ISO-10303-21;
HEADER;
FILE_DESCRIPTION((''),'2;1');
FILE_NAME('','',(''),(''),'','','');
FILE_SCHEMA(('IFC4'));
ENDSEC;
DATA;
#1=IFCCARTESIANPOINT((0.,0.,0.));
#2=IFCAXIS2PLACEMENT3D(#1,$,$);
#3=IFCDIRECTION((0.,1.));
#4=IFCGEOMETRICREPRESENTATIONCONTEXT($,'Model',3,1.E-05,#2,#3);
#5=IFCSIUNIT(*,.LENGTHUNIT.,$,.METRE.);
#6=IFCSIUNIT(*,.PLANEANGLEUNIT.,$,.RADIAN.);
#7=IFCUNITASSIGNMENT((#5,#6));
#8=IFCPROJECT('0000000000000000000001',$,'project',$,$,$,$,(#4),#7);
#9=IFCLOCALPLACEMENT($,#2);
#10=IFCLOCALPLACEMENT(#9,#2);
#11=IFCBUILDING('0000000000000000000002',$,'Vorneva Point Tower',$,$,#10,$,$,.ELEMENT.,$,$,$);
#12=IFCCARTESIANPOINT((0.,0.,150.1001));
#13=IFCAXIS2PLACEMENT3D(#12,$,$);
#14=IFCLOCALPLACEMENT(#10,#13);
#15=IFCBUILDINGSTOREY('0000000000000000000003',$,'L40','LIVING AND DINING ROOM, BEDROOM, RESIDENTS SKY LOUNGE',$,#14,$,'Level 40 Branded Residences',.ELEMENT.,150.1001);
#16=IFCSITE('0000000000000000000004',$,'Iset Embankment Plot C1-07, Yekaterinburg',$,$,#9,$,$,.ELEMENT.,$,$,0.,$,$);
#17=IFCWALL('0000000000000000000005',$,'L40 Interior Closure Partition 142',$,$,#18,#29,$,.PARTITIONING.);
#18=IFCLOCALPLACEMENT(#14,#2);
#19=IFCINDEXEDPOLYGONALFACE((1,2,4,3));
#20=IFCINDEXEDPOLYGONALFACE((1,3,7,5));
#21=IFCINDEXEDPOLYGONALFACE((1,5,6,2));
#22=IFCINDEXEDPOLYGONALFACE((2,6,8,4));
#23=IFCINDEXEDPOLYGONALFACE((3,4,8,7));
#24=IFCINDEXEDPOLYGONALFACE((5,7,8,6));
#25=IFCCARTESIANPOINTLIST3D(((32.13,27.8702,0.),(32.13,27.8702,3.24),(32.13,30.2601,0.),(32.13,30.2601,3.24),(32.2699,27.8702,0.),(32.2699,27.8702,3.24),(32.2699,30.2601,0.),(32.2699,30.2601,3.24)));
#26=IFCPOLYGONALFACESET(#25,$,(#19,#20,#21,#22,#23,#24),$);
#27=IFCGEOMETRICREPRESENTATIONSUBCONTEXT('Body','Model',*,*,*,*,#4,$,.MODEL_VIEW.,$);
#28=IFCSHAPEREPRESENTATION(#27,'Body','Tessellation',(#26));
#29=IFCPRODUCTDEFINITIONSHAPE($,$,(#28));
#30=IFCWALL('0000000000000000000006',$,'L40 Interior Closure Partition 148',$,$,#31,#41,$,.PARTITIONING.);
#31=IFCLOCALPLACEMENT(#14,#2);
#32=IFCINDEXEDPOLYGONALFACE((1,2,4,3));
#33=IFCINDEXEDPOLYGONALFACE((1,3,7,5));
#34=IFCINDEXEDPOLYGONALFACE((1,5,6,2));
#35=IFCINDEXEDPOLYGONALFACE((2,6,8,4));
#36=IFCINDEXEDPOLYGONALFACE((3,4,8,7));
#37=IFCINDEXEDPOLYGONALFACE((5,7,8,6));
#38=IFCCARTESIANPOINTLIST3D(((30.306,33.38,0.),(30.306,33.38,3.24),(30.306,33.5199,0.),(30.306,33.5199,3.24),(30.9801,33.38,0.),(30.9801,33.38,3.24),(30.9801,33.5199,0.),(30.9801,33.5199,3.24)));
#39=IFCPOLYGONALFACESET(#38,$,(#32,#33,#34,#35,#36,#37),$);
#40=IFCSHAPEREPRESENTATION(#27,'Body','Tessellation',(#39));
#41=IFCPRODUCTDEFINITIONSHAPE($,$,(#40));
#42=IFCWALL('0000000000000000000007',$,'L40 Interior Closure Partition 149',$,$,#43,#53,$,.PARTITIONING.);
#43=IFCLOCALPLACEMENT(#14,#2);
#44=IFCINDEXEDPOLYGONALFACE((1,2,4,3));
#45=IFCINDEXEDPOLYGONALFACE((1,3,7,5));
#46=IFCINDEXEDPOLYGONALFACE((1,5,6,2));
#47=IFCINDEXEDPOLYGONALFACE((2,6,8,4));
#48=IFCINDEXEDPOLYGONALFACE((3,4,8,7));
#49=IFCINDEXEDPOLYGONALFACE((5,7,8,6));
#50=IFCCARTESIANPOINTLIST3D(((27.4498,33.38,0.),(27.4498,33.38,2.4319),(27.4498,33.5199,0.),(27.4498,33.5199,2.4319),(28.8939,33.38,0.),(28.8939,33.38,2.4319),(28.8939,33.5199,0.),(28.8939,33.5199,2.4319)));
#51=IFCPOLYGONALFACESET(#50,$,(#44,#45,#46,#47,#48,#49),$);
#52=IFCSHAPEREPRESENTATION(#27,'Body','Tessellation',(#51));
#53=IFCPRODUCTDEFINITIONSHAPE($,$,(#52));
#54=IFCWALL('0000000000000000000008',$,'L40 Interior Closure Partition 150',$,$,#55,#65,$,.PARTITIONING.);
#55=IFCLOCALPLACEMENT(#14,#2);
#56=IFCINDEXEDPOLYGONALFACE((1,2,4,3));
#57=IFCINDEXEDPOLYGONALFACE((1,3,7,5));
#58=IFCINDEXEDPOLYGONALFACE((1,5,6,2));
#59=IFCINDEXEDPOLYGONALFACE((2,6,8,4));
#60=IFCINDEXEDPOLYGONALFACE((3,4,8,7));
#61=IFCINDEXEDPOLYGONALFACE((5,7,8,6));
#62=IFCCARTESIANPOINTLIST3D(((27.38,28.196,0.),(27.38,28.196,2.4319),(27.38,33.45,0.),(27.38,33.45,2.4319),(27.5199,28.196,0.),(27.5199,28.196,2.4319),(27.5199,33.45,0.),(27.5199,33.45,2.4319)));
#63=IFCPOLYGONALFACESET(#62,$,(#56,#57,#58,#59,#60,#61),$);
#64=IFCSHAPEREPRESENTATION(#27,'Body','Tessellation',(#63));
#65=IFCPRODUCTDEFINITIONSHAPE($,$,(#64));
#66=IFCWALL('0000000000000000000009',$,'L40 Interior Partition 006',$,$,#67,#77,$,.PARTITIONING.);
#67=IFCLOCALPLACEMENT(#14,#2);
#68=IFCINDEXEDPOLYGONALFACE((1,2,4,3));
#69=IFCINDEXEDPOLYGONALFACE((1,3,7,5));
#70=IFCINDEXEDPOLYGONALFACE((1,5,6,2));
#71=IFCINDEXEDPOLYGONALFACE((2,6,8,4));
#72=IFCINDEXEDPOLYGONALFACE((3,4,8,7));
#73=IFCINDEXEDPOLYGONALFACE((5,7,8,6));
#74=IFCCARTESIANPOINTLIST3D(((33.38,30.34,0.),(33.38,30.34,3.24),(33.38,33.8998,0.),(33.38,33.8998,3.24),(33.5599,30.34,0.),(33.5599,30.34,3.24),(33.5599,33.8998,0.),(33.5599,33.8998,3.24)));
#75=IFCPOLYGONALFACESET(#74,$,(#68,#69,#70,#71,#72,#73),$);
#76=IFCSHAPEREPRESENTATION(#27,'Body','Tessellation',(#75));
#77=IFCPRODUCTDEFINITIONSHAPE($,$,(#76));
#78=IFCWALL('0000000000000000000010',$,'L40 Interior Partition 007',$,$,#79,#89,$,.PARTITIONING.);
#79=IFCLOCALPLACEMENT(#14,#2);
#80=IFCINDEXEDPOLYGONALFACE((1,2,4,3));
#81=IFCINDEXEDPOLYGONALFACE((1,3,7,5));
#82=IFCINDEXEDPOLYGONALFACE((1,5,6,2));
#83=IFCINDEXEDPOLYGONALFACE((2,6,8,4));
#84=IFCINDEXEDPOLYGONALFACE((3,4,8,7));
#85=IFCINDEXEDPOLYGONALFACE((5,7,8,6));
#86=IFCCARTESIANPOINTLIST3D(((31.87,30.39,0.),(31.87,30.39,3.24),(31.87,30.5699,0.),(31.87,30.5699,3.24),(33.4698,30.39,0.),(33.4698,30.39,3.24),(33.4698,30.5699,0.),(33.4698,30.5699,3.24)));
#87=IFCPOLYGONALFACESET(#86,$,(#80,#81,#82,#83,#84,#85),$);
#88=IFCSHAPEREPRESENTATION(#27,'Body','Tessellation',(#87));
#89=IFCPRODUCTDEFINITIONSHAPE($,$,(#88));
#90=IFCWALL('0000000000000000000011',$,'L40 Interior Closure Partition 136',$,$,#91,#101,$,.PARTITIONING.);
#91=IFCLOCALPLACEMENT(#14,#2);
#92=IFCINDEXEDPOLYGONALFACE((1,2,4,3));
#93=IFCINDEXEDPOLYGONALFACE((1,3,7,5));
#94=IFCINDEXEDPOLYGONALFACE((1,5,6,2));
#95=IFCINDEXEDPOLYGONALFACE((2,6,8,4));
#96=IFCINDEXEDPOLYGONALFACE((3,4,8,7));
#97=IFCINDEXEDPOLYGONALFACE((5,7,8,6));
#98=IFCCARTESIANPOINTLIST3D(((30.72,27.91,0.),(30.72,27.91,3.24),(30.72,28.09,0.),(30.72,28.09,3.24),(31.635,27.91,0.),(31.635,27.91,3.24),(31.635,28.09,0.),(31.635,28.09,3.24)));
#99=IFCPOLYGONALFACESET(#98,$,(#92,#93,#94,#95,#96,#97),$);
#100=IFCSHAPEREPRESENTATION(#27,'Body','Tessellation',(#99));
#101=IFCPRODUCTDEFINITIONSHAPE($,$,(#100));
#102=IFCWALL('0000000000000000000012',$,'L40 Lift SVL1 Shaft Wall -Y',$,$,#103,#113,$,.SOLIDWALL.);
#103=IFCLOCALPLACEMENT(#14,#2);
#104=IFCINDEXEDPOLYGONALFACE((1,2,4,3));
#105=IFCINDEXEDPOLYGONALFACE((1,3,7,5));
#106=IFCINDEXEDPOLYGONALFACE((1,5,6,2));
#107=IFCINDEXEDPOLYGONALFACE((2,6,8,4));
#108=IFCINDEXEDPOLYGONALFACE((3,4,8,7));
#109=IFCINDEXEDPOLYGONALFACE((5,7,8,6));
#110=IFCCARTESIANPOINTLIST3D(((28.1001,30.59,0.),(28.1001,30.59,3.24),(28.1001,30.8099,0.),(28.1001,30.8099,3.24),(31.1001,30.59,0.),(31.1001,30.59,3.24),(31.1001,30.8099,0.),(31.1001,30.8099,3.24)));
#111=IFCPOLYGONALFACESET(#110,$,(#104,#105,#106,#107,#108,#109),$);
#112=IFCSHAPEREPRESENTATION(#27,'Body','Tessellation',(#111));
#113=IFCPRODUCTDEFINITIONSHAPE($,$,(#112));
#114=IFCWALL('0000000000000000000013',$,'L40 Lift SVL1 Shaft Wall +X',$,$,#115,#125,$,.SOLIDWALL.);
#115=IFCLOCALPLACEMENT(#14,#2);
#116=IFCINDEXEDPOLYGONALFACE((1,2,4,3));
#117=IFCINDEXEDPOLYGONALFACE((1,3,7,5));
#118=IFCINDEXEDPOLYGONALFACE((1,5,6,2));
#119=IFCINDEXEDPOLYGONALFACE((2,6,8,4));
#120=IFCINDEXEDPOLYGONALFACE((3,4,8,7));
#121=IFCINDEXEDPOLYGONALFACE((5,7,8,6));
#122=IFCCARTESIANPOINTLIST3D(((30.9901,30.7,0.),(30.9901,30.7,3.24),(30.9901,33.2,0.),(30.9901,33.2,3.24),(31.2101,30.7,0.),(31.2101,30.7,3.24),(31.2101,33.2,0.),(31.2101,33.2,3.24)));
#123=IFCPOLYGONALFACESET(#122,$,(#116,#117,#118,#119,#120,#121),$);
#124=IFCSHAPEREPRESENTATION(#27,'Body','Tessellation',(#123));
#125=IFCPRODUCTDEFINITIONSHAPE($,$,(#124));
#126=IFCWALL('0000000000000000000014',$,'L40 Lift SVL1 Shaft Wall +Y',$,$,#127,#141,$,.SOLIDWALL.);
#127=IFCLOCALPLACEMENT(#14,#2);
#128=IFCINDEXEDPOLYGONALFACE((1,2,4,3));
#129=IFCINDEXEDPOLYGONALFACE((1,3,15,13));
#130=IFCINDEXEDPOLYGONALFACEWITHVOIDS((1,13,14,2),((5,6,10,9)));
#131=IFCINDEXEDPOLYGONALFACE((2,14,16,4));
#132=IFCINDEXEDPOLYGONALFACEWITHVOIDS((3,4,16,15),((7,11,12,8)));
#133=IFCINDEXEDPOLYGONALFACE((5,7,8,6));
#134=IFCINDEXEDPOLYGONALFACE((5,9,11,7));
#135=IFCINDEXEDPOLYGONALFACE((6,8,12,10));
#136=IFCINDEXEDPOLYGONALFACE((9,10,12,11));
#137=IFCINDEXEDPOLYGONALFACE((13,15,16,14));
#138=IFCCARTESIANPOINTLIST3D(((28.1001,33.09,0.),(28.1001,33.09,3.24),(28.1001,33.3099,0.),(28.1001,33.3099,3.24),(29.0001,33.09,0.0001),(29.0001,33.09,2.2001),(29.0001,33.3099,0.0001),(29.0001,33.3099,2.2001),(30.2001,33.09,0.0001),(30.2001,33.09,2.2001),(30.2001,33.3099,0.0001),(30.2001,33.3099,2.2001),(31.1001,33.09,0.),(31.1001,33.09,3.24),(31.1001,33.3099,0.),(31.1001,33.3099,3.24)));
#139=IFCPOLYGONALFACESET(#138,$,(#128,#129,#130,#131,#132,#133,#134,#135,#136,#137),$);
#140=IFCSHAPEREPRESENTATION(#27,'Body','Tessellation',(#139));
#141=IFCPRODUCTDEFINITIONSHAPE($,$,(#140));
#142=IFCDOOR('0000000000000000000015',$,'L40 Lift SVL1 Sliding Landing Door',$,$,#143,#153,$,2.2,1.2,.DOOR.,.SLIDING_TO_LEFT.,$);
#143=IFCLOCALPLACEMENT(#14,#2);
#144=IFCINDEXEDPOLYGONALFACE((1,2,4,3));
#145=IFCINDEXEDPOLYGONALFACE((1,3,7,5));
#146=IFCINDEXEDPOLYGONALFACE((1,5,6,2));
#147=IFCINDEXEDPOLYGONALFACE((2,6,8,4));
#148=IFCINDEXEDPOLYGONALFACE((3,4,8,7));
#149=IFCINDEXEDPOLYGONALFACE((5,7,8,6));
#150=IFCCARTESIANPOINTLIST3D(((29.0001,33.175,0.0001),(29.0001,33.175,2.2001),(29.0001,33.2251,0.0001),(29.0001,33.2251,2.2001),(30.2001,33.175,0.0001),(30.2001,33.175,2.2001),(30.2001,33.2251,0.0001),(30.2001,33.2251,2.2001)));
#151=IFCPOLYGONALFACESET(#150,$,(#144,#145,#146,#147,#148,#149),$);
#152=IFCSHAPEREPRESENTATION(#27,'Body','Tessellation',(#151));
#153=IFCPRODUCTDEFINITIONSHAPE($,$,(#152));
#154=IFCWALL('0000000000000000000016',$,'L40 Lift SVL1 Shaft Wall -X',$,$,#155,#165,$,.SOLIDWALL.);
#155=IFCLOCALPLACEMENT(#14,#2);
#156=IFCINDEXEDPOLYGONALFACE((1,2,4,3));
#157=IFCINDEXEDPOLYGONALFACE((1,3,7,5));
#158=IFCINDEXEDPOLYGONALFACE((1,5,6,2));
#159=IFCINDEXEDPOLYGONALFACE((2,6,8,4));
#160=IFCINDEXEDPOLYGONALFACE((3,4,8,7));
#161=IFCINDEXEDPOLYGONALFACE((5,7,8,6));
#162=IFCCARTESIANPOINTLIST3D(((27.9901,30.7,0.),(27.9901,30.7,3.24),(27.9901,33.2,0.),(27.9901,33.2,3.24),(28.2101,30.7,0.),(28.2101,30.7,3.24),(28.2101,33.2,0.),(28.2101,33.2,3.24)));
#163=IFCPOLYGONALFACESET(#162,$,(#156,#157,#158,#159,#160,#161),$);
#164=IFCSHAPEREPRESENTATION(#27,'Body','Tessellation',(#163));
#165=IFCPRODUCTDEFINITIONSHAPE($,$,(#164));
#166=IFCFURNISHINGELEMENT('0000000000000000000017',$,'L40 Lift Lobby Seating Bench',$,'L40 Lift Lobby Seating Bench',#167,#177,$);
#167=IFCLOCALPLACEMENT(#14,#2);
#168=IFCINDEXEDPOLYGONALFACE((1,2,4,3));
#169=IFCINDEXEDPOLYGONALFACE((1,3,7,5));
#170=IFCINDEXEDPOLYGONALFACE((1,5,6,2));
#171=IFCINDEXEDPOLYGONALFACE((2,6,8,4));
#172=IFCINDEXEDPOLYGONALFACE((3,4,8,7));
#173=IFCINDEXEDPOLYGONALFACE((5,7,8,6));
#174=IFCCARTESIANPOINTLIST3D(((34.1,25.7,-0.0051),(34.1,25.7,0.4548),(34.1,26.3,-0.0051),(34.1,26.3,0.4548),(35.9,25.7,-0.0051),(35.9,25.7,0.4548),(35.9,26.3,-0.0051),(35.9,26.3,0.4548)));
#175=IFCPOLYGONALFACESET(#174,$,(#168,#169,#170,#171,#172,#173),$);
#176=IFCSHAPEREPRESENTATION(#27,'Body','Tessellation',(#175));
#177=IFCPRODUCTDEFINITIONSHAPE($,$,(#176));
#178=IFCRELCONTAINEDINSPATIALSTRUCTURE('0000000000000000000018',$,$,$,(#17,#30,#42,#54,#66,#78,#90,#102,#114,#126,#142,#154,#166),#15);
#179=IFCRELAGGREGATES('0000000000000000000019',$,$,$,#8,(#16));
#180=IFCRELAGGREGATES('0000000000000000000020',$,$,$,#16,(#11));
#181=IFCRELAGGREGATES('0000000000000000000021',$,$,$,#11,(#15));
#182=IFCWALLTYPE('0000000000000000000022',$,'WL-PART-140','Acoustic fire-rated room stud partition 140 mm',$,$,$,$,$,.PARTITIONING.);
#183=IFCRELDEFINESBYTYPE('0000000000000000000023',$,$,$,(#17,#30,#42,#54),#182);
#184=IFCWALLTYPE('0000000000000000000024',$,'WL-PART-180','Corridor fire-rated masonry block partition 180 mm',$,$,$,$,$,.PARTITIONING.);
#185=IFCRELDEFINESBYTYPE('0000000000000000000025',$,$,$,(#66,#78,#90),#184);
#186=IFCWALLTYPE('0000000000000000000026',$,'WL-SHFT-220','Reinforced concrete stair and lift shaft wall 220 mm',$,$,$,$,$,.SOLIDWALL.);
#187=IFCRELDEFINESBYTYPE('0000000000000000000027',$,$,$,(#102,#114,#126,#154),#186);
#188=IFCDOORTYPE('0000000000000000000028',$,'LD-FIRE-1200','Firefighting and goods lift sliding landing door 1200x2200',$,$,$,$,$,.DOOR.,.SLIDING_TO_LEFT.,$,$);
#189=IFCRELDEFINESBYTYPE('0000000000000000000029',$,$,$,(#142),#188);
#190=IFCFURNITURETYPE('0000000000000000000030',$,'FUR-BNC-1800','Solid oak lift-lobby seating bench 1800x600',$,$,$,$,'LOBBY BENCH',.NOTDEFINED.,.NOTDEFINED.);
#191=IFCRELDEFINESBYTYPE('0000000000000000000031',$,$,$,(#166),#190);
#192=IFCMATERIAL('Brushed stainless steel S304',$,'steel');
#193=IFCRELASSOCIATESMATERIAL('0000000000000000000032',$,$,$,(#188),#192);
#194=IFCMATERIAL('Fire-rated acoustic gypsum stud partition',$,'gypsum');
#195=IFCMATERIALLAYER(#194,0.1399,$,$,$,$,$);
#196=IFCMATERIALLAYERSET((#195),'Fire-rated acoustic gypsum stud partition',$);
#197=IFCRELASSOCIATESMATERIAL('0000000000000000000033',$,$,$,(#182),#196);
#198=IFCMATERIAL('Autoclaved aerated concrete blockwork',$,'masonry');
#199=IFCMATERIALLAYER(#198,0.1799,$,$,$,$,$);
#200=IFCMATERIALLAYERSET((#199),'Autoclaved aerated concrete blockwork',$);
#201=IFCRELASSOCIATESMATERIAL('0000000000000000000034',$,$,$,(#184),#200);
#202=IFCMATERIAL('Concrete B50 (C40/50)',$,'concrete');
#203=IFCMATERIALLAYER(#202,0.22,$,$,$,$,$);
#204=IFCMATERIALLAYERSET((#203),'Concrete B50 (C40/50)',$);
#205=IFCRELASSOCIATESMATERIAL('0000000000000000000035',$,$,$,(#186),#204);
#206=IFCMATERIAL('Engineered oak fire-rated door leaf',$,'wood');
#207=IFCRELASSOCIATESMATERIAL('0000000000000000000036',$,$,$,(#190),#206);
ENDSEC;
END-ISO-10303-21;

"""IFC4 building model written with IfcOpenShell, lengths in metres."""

from ifc_helpers import new_model, si_unit, direction, frame, frame_2d, origin, origin_2d, place, context, subcontext, project, spatial, rectangle, extrude, material, layer, layer_set, type_object, element, fill, save


model = new_model("IFC4")

# Units and contexts
model_context = context("Model", 3, precision=1e-05, world=origin(), true_north=direction((0.0, 1.0)))
body_context = subcontext(model_context, "Body", "Model", "MODEL_VIEW")
ifc_project = project(units=[si_unit("LENGTHUNIT", "METRE"), si_unit("PLANEANGLEUNIT", "RADIAN")], contexts=[model_context])

# Site, building, storey
site_placement = place(None, origin())
site = spatial("IfcSite", under=ifc_project, at=site_placement, Name="Iset Embankment Plot C1-07, Yekaterinburg", CompositionType="ELEMENT", RefElevation=0.0)
building_placement = place(site_placement, origin())
building = spatial("IfcBuilding", under=site, at=building_placement, Name="Vorneva Point Tower", CompositionType="ELEMENT")
storey_placement = place(building_placement, frame((0.0, 0.0, 150.1001)))
storey = spatial("IfcBuildingStorey", under=building, at=storey_placement, Name="L40", Description="LIVING AND DINING ROOM, BEDROOM, RESIDENTS SKY LOUNGE", LongName="Level 40 Branded Residences", CompositionType="ELEMENT", Elevation=150.1001)

# Shared definitions
ifc_material_1 = material(Name="Brushed stainless steel S304", Category="steel")
door_type_1 = type_object("IfcDoorType", Name="LD-FIRE-1200", Description="Firefighting and goods lift sliding landing door 1200x2200", OperationType="SLIDING_TO_LEFT", PredefinedType="DOOR", material=ifc_material_1)

# Walls
ifc_material_2 = material(Name="Fire-rated acoustic gypsum stud partition", Category="gypsum")
ifc_layer_1 = layer(ifc_material_2, 0.1399)
ifc_layer_set_1 = layer_set([ifc_layer_1], Name="Fire-rated acoustic gypsum stud partition")
wall_type_1 = type_object("IfcWallType", Name="WL-PART-140", Description="Acoustic fire-rated room stud partition 140 mm", PredefinedType="PARTITIONING", material=ifc_layer_set_1)
wall_1_placement = place(storey_placement, frame((32.2, 30.26, 0.0), z_axis=(0.0, 0.0, 1.0), x_axis=(0.0, -1.0, 0.0)))
element("IfcWall", 1, at=wall_1_placement, inside=storey, type_object=wall_type_1, Name="L40 Interior Closure Partition 142", PredefinedType="PARTITIONING", context=body_context, shape_type="SweptSolid", body=[
    extrude(rectangle(XDim=2.3899, YDim=0.1399, at=frame_2d((1.1948, 0.0))), origin(), (0.0, 0.0, 1.0), 3.24),
])
wall_2_placement = place(storey_placement, frame((30.98, 33.45, 0.0), z_axis=(0.0, 0.0, 1.0), x_axis=(-1.0, 0.0, 0.0)))
element("IfcWall", 2, at=wall_2_placement, inside=storey, type_object=wall_type_1, Name="L40 Interior Closure Partition 148", PredefinedType="PARTITIONING", context=body_context, shape_type="SweptSolid", body=[
    extrude(rectangle(XDim=0.6741, YDim=0.1399, at=frame_2d((0.3369, 0.0))), origin(), (0.0, 0.0, 1.0), 3.24),
])
wall_3_placement = place(storey_placement, frame((28.894, 33.45, 0.0), z_axis=(0.0, 0.0, 1.0), x_axis=(-1.0, 0.0, 0.0)))
element("IfcWall", 3, at=wall_3_placement, inside=storey, type_object=wall_type_1, Name="L40 Interior Closure Partition 149", PredefinedType="PARTITIONING", context=body_context, shape_type="SweptSolid", body=[
    extrude(rectangle(XDim=1.4441, YDim=0.1399, at=frame_2d((0.7222, 0.0))), origin(), (0.0, 0.0, 1.0), 2.4319),
])
wall_4_placement = place(storey_placement, frame((27.45, 33.45, 0.0), z_axis=(0.0, 0.0, 1.0), x_axis=(0.0, -1.0, 0.0)))
element("IfcWall", 4, at=wall_4_placement, inside=storey, type_object=wall_type_1, Name="L40 Interior Closure Partition 150", PredefinedType="PARTITIONING", context=body_context, shape_type="SweptSolid", body=[
    extrude(rectangle(XDim=5.2539, YDim=0.1399, at=frame_2d((2.627, 0.0))), origin(), (0.0, 0.0, 1.0), 2.4319),
])

# Shared definitions
ifc_material_3 = material(Name="Autoclaved aerated concrete blockwork", Category="masonry")
ifc_layer_2 = layer(ifc_material_3, 0.1799)
ifc_layer_set_2 = layer_set([ifc_layer_2], Name="Autoclaved aerated concrete blockwork")
wall_type_2 = type_object("IfcWallType", Name="WL-PART-180", Description="Corridor fire-rated masonry block partition 180 mm", PredefinedType="PARTITIONING", material=ifc_layer_set_2)

# Walls
wall_5_placement = place(storey_placement, frame((33.47, 30.3401, 0.0), z_axis=(0.0, 0.0, 1.0), x_axis=(0.0, 1.0, 0.0)))
element("IfcWall", 5, at=wall_5_placement, inside=storey, type_object=wall_type_2, Name="L40 Interior Partition 006", PredefinedType="PARTITIONING", context=body_context, shape_type="SweptSolid", body=[
    extrude(rectangle(XDim=3.5598, YDim=0.1799, at=frame_2d((1.7798, 0.0))), origin(), (0.0, 0.0, 1.0), 3.24),
])
wall_6_placement = place(storey_placement, frame((31.8701, 30.48, 0.0), z_axis=(0.0, 0.0, 1.0), x_axis=(1.0, 0.0, 0.0)))
element("IfcWall", 6, at=wall_6_placement, inside=storey, type_object=wall_type_2, Name="L40 Interior Partition 007", PredefinedType="PARTITIONING", context=body_context, shape_type="SweptSolid", body=[
    extrude(rectangle(XDim=1.5999, YDim=0.1799, at=frame_2d((0.7998, 0.0))), origin(), (0.0, 0.0, 1.0), 3.24),
])
wall_7_placement = place(storey_placement, frame((31.635, 28.0, 0.0), z_axis=(0.0, 0.0, 1.0), x_axis=(-1.0, 0.0, 0.0)))
element("IfcWall", 7, at=wall_7_placement, inside=storey, type_object=wall_type_2, Name="L40 Interior Closure Partition 136", PredefinedType="PARTITIONING", context=body_context, shape_type="SweptSolid", body=[
    extrude(rectangle(XDim=0.915, YDim=0.1799, at=frame_2d((0.4575, 0.0))), origin(), (0.0, 0.0, 1.0), 3.24),
])
ifc_material_4 = material(Name="Concrete B50 (C40/50)", Category="concrete")
ifc_layer_3 = layer(ifc_material_4, 0.22)
ifc_layer_set_3 = layer_set([ifc_layer_3], Name="Concrete B50 (C40/50)")
wall_type_3 = type_object("IfcWallType", Name="WL-SHFT-220", Description="Reinforced concrete stair and lift shaft wall 220 mm", PredefinedType="SOLIDWALL", material=ifc_layer_set_3)
wall_8_placement = place(storey_placement, frame((28.1001, 30.7, 0.0), z_axis=(0.0, 0.0, 1.0), x_axis=(1.0, 0.0, 0.0)))
element("IfcWall", 8, at=wall_8_placement, inside=storey, type_object=wall_type_3, Name="L40 Lift SVL1 Shaft Wall -Y", PredefinedType="SOLIDWALL", context=body_context, shape_type="SweptSolid", body=[
    extrude(rectangle(XDim=3.0, YDim=0.22, at=frame_2d((1.5, 0.0))), origin(), (0.0, 0.0, 1.0), 3.24),
])
wall_9_placement = place(storey_placement, frame((31.1001, 30.7, 0.0), z_axis=(0.0, 0.0, 1.0), x_axis=(0.0, 1.0, 0.0)))
element("IfcWall", 9, at=wall_9_placement, inside=storey, type_object=wall_type_3, Name="L40 Lift SVL1 Shaft Wall +X", PredefinedType="SOLIDWALL", context=body_context, shape_type="SweptSolid", body=[
    extrude(rectangle(XDim=2.5, YDim=0.22, at=frame_2d((1.25, 0.0))), origin(), (0.0, 0.0, 1.0), 3.24),
])

# Wall, opening, door
wall_10_placement = place(storey_placement, frame((31.1001, 33.2, 0.0), z_axis=(0.0, 0.0, 1.0), x_axis=(-1.0, 0.0, 0.0)))
wall_10 = element("IfcWall", 10, at=wall_10_placement, inside=storey, type_object=wall_type_3, Name="L40 Lift SVL1 Shaft Wall +Y", PredefinedType="SOLIDWALL", context=body_context, shape_type="SweptSolid", body=[
    extrude(rectangle(XDim=3.0, YDim=0.22, at=frame_2d((1.5, 0.0))), origin(), (0.0, 0.0, 1.0), 3.24),
])
opening_1_placement = place(wall_10_placement, frame((0.8999, 0.0, 0.0)))
opening_1 = element("IfcOpeningElement", 11, at=opening_1_placement, cuts=wall_10, PredefinedType="OPENING", context=body_context, shape_type="SweptSolid", body=[
    extrude(rectangle(XDim=1.2, YDim=2.2, at=frame_2d((0.6001, 1.1001))), frame((0.0, 0.125, 0.0), z_axis=(0.0, -1.0, 0.0), x_axis=(1.0, 0.0, 0.0)), (0.0, 0.0, 1.0), 0.2498),
])
door_1_placement = place(opening_1_placement, origin())
door_1 = element("IfcDoor", 12, at=door_1_placement, inside=storey, type_object=door_type_1, Name="L40 Lift SVL1 Sliding Landing Door", OperationType="SLIDING_TO_LEFT", OverallHeight=2.2, OverallWidth=1.2, PredefinedType="DOOR", context=body_context, shape_type="SweptSolid", body=[
    extrude(rectangle(XDim=1.2, YDim=2.2, at=frame_2d((0.6001, 1.1001))), frame((0.0, 0.0249, 0.0), z_axis=(0.0, -1.0, 0.0), x_axis=(1.0, 0.0, 0.0)), (0.0, 0.0, 1.0), 0.05),
])
fill(opening_1, door_1)

# Wall
wall_11_placement = place(storey_placement, frame((28.1001, 33.2, 0.0), z_axis=(0.0, 0.0, 1.0), x_axis=(0.0, -1.0, 0.0)))
element("IfcWall", 13, at=wall_11_placement, inside=storey, type_object=wall_type_3, Name="L40 Lift SVL1 Shaft Wall -X", PredefinedType="SOLIDWALL", context=body_context, shape_type="SweptSolid", body=[
    extrude(rectangle(XDim=2.5, YDim=0.22, at=frame_2d((1.25, 0.0))), origin(), (0.0, 0.0, 1.0), 3.24),
])

# Furnishing element
ifc_material_5 = material(Name="Engineered oak fire-rated door leaf", Category="wood")
furniture_type_1 = type_object("IfcFurnitureType", Name="FUR-BNC-1800", Description="Solid oak lift-lobby seating bench 1800x600", ElementType="LOBBY BENCH", AssemblyPlace="NOTDEFINED", PredefinedType="NOTDEFINED", material=ifc_material_5)
furnishing_1_placement = place(storey_placement, frame((35.0, 26.0, -0.0051), z_axis=(0.0, 0.0, 1.0), x_axis=(1.0, 0.0, 0.0)))
element("IfcFurnishingElement", 14, at=furnishing_1_placement, inside=storey, type_object=furniture_type_1, Name="L40 Lift Lobby Seating Bench", ObjectType="L40 Lift Lobby Seating Bench", context=body_context, shape_type="SweptSolid", body=[
    extrude(rectangle(XDim=1.8, YDim=0.6001, at=origin_2d()), origin(), (0.0, 0.0, 1.0), 0.46),
])

save(model, "model.ifc")
